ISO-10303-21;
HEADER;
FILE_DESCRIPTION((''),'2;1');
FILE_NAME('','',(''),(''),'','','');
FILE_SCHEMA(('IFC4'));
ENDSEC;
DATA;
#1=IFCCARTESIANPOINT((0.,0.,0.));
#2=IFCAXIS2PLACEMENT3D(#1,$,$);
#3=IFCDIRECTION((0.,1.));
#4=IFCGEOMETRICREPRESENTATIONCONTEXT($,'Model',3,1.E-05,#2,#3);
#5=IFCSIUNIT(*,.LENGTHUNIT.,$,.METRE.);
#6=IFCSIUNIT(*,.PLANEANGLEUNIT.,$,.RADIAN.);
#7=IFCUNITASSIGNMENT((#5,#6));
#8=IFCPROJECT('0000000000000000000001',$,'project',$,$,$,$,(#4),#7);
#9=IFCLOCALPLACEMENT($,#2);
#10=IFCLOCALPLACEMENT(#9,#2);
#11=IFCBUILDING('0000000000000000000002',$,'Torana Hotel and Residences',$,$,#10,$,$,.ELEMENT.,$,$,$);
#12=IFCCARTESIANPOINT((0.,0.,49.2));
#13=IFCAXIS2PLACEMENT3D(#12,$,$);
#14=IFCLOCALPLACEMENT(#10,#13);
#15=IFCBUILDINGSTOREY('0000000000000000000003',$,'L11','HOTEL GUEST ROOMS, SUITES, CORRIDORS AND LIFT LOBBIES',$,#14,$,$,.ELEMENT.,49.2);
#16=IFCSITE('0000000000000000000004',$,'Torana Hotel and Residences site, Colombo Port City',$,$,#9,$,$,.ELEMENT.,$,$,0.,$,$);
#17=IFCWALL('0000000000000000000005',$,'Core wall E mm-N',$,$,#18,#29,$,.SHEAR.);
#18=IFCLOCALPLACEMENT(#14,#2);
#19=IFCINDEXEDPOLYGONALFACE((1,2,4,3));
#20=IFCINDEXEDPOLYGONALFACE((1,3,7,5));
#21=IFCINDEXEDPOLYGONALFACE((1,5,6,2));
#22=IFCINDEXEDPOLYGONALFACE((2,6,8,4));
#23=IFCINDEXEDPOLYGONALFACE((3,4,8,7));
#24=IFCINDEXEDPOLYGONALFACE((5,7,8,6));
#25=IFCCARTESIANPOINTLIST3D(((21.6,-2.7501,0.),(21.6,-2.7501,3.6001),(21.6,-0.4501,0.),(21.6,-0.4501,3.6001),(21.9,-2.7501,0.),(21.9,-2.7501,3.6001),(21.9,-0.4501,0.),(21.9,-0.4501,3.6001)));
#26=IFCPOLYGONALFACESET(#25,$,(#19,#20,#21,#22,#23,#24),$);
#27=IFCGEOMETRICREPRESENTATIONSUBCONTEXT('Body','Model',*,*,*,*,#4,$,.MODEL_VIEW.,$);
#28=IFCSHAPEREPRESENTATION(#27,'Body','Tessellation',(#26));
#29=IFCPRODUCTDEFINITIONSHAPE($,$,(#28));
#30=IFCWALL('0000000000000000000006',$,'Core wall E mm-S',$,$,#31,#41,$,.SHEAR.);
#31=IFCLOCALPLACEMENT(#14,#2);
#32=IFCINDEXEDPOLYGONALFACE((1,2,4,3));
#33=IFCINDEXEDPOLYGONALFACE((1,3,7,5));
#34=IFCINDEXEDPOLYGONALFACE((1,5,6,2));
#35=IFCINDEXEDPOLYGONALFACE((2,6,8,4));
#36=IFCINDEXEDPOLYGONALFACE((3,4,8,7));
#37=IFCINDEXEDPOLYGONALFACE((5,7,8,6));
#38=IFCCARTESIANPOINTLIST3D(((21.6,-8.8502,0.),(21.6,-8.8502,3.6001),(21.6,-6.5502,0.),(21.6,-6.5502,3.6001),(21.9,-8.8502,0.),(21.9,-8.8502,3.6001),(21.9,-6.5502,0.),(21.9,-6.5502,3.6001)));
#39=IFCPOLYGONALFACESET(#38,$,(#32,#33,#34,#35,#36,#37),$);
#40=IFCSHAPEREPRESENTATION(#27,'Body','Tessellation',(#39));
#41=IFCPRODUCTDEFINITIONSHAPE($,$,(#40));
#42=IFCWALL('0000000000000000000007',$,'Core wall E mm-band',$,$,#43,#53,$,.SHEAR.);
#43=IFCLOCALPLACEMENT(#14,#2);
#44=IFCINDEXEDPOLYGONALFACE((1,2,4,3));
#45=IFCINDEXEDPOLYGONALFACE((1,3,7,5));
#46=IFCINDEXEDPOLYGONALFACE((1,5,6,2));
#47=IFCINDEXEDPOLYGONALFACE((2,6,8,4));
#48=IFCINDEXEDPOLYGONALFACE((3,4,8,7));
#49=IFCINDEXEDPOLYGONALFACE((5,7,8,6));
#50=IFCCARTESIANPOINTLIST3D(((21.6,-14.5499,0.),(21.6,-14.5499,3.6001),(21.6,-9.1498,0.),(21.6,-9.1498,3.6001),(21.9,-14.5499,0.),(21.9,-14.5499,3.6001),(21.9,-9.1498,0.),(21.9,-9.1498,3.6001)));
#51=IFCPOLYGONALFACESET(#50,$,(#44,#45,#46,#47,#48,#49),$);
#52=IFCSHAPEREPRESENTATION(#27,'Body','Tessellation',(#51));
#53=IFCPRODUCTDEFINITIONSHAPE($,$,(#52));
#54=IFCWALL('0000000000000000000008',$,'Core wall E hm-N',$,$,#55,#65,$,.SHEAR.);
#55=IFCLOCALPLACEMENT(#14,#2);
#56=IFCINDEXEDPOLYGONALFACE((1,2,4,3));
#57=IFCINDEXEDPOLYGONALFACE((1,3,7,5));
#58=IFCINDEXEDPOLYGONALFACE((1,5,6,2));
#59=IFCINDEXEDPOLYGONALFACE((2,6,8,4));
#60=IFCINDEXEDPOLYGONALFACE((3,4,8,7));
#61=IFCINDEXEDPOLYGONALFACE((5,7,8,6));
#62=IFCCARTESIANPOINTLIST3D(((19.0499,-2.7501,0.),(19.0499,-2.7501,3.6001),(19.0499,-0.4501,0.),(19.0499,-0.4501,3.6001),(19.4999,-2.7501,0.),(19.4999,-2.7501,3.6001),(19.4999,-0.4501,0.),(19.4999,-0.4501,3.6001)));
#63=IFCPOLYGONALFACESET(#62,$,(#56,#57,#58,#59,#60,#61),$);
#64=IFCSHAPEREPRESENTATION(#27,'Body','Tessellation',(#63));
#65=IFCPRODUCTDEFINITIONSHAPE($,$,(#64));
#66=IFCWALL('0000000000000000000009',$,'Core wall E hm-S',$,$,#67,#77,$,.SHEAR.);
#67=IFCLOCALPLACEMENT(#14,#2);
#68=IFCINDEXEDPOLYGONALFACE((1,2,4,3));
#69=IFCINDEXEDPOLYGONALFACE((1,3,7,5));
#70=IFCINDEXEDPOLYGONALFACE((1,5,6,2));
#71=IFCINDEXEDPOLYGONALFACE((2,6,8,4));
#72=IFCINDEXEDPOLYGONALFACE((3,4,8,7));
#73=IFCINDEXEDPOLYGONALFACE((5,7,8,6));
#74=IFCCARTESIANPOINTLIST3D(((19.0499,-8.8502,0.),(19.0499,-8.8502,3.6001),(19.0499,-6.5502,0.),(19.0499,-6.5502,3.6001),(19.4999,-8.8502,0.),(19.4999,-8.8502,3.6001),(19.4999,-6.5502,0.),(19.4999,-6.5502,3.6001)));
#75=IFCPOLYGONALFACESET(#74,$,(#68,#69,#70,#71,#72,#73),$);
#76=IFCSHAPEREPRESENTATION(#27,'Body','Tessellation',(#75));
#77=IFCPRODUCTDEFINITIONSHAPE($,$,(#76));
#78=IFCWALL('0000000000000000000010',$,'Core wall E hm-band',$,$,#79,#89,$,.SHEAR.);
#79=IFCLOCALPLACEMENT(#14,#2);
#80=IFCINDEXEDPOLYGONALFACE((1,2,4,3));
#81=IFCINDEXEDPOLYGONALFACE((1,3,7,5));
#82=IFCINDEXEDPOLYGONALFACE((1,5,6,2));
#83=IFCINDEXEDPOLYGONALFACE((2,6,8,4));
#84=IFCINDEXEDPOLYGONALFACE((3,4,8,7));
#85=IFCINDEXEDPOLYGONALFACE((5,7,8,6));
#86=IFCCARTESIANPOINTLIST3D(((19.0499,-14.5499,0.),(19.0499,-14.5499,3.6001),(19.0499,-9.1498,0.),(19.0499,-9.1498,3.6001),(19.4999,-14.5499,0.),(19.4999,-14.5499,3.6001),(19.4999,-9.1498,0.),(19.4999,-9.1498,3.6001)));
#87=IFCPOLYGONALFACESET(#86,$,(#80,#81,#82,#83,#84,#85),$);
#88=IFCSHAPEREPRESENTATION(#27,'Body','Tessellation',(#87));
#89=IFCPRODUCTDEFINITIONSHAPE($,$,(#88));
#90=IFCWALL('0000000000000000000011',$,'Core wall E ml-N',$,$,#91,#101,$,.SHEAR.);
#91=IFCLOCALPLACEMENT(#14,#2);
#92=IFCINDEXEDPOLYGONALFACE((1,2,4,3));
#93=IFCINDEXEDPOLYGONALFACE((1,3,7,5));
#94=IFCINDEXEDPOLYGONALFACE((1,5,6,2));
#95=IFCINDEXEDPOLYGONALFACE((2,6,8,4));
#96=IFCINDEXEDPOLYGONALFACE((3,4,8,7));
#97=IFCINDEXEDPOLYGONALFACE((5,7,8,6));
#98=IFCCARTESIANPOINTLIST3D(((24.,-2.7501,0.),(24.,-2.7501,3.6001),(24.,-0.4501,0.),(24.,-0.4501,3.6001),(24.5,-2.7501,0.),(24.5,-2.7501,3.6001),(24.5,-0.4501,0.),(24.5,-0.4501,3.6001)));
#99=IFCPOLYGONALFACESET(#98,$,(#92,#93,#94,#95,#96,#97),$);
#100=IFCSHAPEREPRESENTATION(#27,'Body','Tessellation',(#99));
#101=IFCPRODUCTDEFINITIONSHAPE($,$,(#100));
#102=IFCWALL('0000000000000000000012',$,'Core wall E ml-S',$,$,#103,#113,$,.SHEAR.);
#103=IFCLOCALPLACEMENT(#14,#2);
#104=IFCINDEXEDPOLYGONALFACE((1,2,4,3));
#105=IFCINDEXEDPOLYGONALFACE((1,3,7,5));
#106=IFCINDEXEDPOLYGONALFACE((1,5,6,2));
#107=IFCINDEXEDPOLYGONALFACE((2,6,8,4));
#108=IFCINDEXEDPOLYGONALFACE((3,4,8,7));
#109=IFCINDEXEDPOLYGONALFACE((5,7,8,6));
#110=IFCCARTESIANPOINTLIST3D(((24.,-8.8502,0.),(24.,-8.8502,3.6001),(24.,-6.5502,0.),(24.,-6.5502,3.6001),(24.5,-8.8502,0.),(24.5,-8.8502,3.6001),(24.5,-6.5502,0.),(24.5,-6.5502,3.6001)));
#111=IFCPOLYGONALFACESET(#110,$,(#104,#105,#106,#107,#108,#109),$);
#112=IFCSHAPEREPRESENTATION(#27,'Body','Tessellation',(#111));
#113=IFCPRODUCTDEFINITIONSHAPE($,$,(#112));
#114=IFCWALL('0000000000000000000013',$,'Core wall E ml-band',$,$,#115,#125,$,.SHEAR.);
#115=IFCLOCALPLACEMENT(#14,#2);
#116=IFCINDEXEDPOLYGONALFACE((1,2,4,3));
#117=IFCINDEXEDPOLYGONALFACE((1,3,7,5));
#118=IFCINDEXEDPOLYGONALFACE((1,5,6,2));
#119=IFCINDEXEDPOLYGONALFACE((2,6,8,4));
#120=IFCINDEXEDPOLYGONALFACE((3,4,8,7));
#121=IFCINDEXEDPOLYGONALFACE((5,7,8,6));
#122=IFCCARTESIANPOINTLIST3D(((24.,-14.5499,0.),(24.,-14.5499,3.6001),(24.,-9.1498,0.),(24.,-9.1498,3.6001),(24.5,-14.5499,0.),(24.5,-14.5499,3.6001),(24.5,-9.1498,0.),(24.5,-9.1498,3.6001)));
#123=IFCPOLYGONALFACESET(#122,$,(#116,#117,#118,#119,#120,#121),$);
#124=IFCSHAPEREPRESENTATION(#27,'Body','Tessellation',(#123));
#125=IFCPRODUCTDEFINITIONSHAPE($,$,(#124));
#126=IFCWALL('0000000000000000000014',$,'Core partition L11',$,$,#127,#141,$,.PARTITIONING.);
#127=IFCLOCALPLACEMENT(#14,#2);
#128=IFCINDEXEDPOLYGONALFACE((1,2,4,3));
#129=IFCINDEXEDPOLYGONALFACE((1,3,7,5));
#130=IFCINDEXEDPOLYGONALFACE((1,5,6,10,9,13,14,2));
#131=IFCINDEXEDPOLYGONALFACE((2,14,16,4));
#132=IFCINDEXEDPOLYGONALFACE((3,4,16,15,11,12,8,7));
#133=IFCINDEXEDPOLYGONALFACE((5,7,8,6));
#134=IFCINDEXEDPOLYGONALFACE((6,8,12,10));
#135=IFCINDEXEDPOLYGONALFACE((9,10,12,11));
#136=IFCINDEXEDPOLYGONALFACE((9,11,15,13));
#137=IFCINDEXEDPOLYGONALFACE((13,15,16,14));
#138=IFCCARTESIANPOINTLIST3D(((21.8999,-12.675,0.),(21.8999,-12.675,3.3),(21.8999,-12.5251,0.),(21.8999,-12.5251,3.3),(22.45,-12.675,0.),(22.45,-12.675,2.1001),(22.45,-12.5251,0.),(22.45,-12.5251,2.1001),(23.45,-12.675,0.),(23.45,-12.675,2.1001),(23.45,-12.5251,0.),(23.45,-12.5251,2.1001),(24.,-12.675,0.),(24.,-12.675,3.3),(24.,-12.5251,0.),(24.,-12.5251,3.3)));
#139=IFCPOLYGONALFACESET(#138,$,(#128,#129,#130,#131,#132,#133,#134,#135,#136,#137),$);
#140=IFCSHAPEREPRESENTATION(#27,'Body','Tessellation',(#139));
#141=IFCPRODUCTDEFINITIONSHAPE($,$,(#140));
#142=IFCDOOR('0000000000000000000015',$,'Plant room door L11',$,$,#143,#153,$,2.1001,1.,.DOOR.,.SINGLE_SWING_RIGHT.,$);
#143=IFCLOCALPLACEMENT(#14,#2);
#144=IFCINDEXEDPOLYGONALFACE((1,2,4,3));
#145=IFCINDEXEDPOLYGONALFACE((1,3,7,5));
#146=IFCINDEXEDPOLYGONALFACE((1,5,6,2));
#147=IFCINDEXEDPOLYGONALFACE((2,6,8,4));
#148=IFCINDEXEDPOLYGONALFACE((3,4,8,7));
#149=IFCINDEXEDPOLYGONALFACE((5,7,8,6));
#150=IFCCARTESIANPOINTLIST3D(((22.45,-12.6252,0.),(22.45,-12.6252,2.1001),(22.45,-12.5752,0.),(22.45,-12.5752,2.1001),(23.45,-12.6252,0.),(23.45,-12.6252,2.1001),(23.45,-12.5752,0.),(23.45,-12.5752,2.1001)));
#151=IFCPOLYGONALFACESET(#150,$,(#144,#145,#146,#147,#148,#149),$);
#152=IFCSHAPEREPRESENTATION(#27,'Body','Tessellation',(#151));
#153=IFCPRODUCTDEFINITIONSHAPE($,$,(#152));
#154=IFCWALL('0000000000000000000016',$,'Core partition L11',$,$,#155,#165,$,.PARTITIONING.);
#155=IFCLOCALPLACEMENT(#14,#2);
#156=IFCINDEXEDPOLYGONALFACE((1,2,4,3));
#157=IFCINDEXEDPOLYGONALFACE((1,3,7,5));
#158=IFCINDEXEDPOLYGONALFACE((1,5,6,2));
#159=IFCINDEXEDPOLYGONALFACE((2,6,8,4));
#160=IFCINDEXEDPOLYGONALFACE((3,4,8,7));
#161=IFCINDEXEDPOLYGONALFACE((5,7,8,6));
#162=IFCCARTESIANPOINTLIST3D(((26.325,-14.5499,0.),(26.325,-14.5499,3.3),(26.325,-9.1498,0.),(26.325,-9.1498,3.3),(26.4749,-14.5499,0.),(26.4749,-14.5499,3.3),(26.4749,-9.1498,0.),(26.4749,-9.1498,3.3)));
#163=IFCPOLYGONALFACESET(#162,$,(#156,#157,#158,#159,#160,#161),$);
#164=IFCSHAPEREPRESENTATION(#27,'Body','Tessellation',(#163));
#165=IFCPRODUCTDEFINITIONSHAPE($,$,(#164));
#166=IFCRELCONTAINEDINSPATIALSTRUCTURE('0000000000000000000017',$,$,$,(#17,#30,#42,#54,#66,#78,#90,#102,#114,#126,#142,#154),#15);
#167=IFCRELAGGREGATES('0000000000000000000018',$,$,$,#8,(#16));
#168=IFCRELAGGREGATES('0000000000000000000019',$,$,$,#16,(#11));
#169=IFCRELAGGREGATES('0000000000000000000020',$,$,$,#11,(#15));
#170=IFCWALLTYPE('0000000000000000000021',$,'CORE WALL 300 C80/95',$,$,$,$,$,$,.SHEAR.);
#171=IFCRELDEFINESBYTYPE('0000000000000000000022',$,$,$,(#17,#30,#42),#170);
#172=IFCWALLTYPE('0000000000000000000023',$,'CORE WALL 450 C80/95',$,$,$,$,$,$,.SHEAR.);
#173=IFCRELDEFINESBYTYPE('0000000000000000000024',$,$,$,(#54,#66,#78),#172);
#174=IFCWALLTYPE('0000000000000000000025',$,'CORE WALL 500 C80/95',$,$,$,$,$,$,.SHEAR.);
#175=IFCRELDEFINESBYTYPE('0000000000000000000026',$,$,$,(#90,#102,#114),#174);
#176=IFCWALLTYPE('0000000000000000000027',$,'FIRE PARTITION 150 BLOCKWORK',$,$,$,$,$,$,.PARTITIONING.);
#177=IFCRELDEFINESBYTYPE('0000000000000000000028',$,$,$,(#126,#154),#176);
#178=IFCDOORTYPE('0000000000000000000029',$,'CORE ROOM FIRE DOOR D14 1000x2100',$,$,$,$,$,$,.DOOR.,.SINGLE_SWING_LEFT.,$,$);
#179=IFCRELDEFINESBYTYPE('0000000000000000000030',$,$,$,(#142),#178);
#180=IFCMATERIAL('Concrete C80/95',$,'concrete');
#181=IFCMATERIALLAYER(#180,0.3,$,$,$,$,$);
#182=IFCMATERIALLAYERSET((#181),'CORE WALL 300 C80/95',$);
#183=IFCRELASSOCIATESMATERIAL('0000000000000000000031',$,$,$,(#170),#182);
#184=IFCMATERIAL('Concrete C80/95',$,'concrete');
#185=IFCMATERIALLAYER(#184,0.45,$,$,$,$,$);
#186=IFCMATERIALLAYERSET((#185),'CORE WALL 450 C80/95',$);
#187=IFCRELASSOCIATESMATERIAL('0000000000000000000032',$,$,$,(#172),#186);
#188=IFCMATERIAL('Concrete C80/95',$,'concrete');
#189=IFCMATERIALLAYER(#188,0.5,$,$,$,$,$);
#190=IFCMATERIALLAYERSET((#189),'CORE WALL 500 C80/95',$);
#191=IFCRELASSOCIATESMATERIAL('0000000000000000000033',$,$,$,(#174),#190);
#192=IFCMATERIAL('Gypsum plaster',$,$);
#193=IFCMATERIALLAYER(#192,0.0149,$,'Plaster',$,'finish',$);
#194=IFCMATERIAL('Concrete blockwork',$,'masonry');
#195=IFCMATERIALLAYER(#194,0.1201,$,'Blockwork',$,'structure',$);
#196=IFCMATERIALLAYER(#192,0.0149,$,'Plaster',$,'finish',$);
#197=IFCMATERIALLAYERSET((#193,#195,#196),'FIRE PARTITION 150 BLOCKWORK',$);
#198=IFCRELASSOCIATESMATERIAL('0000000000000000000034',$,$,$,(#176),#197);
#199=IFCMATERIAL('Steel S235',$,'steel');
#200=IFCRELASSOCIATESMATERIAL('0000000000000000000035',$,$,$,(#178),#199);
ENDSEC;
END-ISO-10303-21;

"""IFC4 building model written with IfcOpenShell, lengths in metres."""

from ifc_helpers import new_model, si_unit, direction, frame, frame_2d, origin, place, context, subcontext, project, spatial, rectangle, extrude, material, layer, layer_set, type_object, element, fill, save


model = new_model("IFC4")

# Units and contexts
model_context = context("Model", 3, precision=1e-05, world=origin(), true_north=direction((0.0, 1.0)))
body_context = subcontext(model_context, "Body", "Model", "MODEL_VIEW")
ifc_project = project(units=[si_unit("LENGTHUNIT", "METRE"), si_unit("PLANEANGLEUNIT", "RADIAN")], contexts=[model_context])

# Site, building, storey
site_placement = place(None, origin())
site = spatial("IfcSite", under=ifc_project, at=site_placement, Name="Torana Hotel and Residences site, Colombo Port City", CompositionType="ELEMENT", RefElevation=0.0)
building_placement = place(site_placement, origin())
building = spatial("IfcBuilding", under=site, at=building_placement, Name="Torana Hotel and Residences", CompositionType="ELEMENT")
storey_placement = place(building_placement, frame((0.0, 0.0, 49.2)))
storey = spatial("IfcBuildingStorey", under=building, at=storey_placement, Name="L11", Description="HOTEL GUEST ROOMS, SUITES, CORRIDORS AND LIFT LOBBIES", CompositionType="ELEMENT", Elevation=49.2)

# Walls
ifc_material_1 = material(Name="Concrete C80/95", Category="concrete")
ifc_layer_1 = layer(ifc_material_1, 0.3)
ifc_layer_set_1 = layer_set([ifc_layer_1], Name="CORE WALL 300 C80/95")
wall_type_1 = type_object("IfcWallType", Name="CORE WALL 300 C80/95", PredefinedType="SHEAR", material=ifc_layer_set_1)
for number, where, z_axis, x_axis, name in (
    (1, (21.75, -2.75, 0.0), (0.0, 0.0, 1.0), (0.0, 1.0, 0.0), "Core wall E mm-N"),
    (2, (21.75, -8.8501, 0.0), (0.0, 0.0, 1.0), (0.0, 1.0, 0.0), "Core wall E mm-S"),
):
    element("IfcWall", number, at=place(storey_placement, frame(where, z_axis=z_axis, x_axis=x_axis)), inside=storey, type_object=wall_type_1, Name=name, PredefinedType="SHEAR", context=body_context, shape_type="SweptSolid", body=[
        extrude(rectangle(XDim=2.3, YDim=0.3, at=frame_2d((1.1499, 0.0))), origin(), (0.0, 0.0, 1.0), 3.6001),
    ])
wall_1_placement = place(storey_placement, frame((21.75, -14.55, 0.0), z_axis=(0.0, 0.0, 1.0), x_axis=(0.0, 1.0, 0.0)))
element("IfcWall", 3, at=wall_1_placement, inside=storey, type_object=wall_type_1, Name="Core wall E mm-band", PredefinedType="SHEAR", context=body_context, shape_type="SweptSolid", body=[
    extrude(rectangle(XDim=5.4001, YDim=0.3, at=frame_2d((2.7002, 0.0))), origin(), (0.0, 0.0, 1.0), 3.6001),
])
ifc_material_2 = material(Name="Concrete C80/95", Category="concrete")
ifc_layer_2 = layer(ifc_material_2, 0.45)
ifc_layer_set_2 = layer_set([ifc_layer_2], Name="CORE WALL 450 C80/95")
wall_type_2 = type_object("IfcWallType", Name="CORE WALL 450 C80/95", PredefinedType="SHEAR", material=ifc_layer_set_2)
for number, where, z_axis, x_axis, name in (
    (4, (19.2749, -2.75, 0.0), (0.0, 0.0, 1.0), (0.0, 1.0, 0.0), "Core wall E hm-N"),
    (5, (19.2749, -8.8501, 0.0), (0.0, 0.0, 1.0), (0.0, 1.0, 0.0), "Core wall E hm-S"),
):
    element("IfcWall", number, at=place(storey_placement, frame(where, z_axis=z_axis, x_axis=x_axis)), inside=storey, type_object=wall_type_2, Name=name, PredefinedType="SHEAR", context=body_context, shape_type="SweptSolid", body=[
        extrude(rectangle(XDim=2.3, YDim=0.45, at=frame_2d((1.1499, 0.0))), origin(), (0.0, 0.0, 1.0), 3.6001),
    ])
wall_2_placement = place(storey_placement, frame((19.2749, -14.55, 0.0), z_axis=(0.0, 0.0, 1.0), x_axis=(0.0, 1.0, 0.0)))
element("IfcWall", 6, at=wall_2_placement, inside=storey, type_object=wall_type_2, Name="Core wall E hm-band", PredefinedType="SHEAR", context=body_context, shape_type="SweptSolid", body=[
    extrude(rectangle(XDim=5.4001, YDim=0.45, at=frame_2d((2.7002, 0.0))), origin(), (0.0, 0.0, 1.0), 3.6001),
])
ifc_material_3 = material(Name="Concrete C80/95", Category="concrete")
ifc_layer_3 = layer(ifc_material_3, 0.5)
ifc_layer_set_3 = layer_set([ifc_layer_3], Name="CORE WALL 500 C80/95")
wall_type_3 = type_object("IfcWallType", Name="CORE WALL 500 C80/95", PredefinedType="SHEAR", material=ifc_layer_set_3)
for number, where, z_axis, x_axis, name in (
    (7, (24.25, -2.75, 0.0), (0.0, 0.0, 1.0), (0.0, 1.0, 0.0), "Core wall E ml-N"),
    (8, (24.25, -8.8501, 0.0), (0.0, 0.0, 1.0), (0.0, 1.0, 0.0), "Core wall E ml-S"),
):
    element("IfcWall", number, at=place(storey_placement, frame(where, z_axis=z_axis, x_axis=x_axis)), inside=storey, type_object=wall_type_3, Name=name, PredefinedType="SHEAR", context=body_context, shape_type="SweptSolid", body=[
        extrude(rectangle(XDim=2.3, YDim=0.5, at=frame_2d((1.1499, 0.0))), origin(), (0.0, 0.0, 1.0), 3.6001),
    ])
wall_3_placement = place(storey_placement, frame((24.25, -14.55, 0.0), z_axis=(0.0, 0.0, 1.0), x_axis=(0.0, 1.0, 0.0)))
element("IfcWall", 9, at=wall_3_placement, inside=storey, type_object=wall_type_3, Name="Core wall E ml-band", PredefinedType="SHEAR", context=body_context, shape_type="SweptSolid", body=[
    extrude(rectangle(XDim=5.4001, YDim=0.5, at=frame_2d((2.7002, 0.0))), origin(), (0.0, 0.0, 1.0), 3.6001),
])

# Wall, opening, door
ifc_material_4 = material(Name="Gypsum plaster")
ifc_layer_4 = layer(ifc_material_4, 0.0149, Name="Plaster", Category="finish")
ifc_material_5 = material(Name="Concrete blockwork", Category="masonry")
ifc_layer_5 = layer(ifc_material_5, 0.1201, Name="Blockwork", Category="structure")
ifc_layer_6 = layer(ifc_material_4, 0.0149, Name="Plaster", Category="finish")
ifc_layer_set_4 = layer_set([ifc_layer_4, ifc_layer_5, ifc_layer_6], Name="FIRE PARTITION 150 BLOCKWORK")
wall_type_4 = type_object("IfcWallType", Name="FIRE PARTITION 150 BLOCKWORK", PredefinedType="PARTITIONING", material=ifc_layer_set_4)
wall_4_placement = place(storey_placement, frame((21.8999, -12.6001, 0.0), z_axis=(0.0, 0.0, 1.0), x_axis=(1.0, 0.0, 0.0)))
wall_4 = element("IfcWall", 10, at=wall_4_placement, inside=storey, type_object=wall_type_4, Name="Core partition L11", PredefinedType="PARTITIONING", context=body_context, shape_type="SweptSolid", body=[
    extrude(rectangle(XDim=2.1001, YDim=0.1499, at=frame_2d((1.05, 0.0))), origin(), (0.0, 0.0, 1.0), 3.3),
])
opening_placement = place(wall_4_placement, frame((0.55, 0.0, 0.0)))
opening = element("IfcOpeningElement", 11, at=opening_placement, cuts=wall_4, PredefinedType="OPENING", context=body_context, shape_type="SweptSolid", body=[
    extrude(rectangle(XDim=1.0, YDim=2.1001, at=frame_2d((0.5, 1.05))), frame((0.0, 0.085, 0.0), z_axis=(0.0, -1.0, 0.0), x_axis=(1.0, 0.0, 0.0)), (0.0, 0.0, 1.0), 0.1699),
])
ifc_material_6 = material(Name="Steel S235", Category="steel")
door_type = type_object("IfcDoorType", Name="CORE ROOM FIRE DOOR D14 1000x2100", OperationType="SINGLE_SWING_LEFT", PredefinedType="DOOR", material=ifc_material_6)
door_placement = place(opening_placement, origin())
door = element("IfcDoor", 12, at=door_placement, inside=storey, type_object=door_type, Name="Plant room door L11", OperationType="SINGLE_SWING_RIGHT", OverallHeight=2.1001, OverallWidth=1.0, PredefinedType="DOOR", context=body_context, shape_type="SweptSolid", body=[
    extrude(rectangle(XDim=1.0, YDim=2.1001, at=frame_2d((0.5, 1.05))), frame((0.0, 0.0249, 0.0), z_axis=(0.0, -1.0, 0.0), x_axis=(1.0, 0.0, 0.0)), (0.0, 0.0, 1.0), 0.05),
])
fill(opening, door)

# Wall
wall_5_placement = place(storey_placement, frame((26.3999, -14.55, 0.0), z_axis=(0.0, 0.0, 1.0), x_axis=(0.0, 1.0, 0.0)))
element("IfcWall", 13, at=wall_5_placement, inside=storey, type_object=wall_type_4, Name="Core partition L11", PredefinedType="PARTITIONING", context=body_context, shape_type="SweptSolid", body=[
    extrude(rectangle(XDim=5.4001, YDim=0.1499, at=frame_2d((2.7002, 0.0))), origin(), (0.0, 0.0, 1.0), 3.3),
])

save(model, "model.ifc")
